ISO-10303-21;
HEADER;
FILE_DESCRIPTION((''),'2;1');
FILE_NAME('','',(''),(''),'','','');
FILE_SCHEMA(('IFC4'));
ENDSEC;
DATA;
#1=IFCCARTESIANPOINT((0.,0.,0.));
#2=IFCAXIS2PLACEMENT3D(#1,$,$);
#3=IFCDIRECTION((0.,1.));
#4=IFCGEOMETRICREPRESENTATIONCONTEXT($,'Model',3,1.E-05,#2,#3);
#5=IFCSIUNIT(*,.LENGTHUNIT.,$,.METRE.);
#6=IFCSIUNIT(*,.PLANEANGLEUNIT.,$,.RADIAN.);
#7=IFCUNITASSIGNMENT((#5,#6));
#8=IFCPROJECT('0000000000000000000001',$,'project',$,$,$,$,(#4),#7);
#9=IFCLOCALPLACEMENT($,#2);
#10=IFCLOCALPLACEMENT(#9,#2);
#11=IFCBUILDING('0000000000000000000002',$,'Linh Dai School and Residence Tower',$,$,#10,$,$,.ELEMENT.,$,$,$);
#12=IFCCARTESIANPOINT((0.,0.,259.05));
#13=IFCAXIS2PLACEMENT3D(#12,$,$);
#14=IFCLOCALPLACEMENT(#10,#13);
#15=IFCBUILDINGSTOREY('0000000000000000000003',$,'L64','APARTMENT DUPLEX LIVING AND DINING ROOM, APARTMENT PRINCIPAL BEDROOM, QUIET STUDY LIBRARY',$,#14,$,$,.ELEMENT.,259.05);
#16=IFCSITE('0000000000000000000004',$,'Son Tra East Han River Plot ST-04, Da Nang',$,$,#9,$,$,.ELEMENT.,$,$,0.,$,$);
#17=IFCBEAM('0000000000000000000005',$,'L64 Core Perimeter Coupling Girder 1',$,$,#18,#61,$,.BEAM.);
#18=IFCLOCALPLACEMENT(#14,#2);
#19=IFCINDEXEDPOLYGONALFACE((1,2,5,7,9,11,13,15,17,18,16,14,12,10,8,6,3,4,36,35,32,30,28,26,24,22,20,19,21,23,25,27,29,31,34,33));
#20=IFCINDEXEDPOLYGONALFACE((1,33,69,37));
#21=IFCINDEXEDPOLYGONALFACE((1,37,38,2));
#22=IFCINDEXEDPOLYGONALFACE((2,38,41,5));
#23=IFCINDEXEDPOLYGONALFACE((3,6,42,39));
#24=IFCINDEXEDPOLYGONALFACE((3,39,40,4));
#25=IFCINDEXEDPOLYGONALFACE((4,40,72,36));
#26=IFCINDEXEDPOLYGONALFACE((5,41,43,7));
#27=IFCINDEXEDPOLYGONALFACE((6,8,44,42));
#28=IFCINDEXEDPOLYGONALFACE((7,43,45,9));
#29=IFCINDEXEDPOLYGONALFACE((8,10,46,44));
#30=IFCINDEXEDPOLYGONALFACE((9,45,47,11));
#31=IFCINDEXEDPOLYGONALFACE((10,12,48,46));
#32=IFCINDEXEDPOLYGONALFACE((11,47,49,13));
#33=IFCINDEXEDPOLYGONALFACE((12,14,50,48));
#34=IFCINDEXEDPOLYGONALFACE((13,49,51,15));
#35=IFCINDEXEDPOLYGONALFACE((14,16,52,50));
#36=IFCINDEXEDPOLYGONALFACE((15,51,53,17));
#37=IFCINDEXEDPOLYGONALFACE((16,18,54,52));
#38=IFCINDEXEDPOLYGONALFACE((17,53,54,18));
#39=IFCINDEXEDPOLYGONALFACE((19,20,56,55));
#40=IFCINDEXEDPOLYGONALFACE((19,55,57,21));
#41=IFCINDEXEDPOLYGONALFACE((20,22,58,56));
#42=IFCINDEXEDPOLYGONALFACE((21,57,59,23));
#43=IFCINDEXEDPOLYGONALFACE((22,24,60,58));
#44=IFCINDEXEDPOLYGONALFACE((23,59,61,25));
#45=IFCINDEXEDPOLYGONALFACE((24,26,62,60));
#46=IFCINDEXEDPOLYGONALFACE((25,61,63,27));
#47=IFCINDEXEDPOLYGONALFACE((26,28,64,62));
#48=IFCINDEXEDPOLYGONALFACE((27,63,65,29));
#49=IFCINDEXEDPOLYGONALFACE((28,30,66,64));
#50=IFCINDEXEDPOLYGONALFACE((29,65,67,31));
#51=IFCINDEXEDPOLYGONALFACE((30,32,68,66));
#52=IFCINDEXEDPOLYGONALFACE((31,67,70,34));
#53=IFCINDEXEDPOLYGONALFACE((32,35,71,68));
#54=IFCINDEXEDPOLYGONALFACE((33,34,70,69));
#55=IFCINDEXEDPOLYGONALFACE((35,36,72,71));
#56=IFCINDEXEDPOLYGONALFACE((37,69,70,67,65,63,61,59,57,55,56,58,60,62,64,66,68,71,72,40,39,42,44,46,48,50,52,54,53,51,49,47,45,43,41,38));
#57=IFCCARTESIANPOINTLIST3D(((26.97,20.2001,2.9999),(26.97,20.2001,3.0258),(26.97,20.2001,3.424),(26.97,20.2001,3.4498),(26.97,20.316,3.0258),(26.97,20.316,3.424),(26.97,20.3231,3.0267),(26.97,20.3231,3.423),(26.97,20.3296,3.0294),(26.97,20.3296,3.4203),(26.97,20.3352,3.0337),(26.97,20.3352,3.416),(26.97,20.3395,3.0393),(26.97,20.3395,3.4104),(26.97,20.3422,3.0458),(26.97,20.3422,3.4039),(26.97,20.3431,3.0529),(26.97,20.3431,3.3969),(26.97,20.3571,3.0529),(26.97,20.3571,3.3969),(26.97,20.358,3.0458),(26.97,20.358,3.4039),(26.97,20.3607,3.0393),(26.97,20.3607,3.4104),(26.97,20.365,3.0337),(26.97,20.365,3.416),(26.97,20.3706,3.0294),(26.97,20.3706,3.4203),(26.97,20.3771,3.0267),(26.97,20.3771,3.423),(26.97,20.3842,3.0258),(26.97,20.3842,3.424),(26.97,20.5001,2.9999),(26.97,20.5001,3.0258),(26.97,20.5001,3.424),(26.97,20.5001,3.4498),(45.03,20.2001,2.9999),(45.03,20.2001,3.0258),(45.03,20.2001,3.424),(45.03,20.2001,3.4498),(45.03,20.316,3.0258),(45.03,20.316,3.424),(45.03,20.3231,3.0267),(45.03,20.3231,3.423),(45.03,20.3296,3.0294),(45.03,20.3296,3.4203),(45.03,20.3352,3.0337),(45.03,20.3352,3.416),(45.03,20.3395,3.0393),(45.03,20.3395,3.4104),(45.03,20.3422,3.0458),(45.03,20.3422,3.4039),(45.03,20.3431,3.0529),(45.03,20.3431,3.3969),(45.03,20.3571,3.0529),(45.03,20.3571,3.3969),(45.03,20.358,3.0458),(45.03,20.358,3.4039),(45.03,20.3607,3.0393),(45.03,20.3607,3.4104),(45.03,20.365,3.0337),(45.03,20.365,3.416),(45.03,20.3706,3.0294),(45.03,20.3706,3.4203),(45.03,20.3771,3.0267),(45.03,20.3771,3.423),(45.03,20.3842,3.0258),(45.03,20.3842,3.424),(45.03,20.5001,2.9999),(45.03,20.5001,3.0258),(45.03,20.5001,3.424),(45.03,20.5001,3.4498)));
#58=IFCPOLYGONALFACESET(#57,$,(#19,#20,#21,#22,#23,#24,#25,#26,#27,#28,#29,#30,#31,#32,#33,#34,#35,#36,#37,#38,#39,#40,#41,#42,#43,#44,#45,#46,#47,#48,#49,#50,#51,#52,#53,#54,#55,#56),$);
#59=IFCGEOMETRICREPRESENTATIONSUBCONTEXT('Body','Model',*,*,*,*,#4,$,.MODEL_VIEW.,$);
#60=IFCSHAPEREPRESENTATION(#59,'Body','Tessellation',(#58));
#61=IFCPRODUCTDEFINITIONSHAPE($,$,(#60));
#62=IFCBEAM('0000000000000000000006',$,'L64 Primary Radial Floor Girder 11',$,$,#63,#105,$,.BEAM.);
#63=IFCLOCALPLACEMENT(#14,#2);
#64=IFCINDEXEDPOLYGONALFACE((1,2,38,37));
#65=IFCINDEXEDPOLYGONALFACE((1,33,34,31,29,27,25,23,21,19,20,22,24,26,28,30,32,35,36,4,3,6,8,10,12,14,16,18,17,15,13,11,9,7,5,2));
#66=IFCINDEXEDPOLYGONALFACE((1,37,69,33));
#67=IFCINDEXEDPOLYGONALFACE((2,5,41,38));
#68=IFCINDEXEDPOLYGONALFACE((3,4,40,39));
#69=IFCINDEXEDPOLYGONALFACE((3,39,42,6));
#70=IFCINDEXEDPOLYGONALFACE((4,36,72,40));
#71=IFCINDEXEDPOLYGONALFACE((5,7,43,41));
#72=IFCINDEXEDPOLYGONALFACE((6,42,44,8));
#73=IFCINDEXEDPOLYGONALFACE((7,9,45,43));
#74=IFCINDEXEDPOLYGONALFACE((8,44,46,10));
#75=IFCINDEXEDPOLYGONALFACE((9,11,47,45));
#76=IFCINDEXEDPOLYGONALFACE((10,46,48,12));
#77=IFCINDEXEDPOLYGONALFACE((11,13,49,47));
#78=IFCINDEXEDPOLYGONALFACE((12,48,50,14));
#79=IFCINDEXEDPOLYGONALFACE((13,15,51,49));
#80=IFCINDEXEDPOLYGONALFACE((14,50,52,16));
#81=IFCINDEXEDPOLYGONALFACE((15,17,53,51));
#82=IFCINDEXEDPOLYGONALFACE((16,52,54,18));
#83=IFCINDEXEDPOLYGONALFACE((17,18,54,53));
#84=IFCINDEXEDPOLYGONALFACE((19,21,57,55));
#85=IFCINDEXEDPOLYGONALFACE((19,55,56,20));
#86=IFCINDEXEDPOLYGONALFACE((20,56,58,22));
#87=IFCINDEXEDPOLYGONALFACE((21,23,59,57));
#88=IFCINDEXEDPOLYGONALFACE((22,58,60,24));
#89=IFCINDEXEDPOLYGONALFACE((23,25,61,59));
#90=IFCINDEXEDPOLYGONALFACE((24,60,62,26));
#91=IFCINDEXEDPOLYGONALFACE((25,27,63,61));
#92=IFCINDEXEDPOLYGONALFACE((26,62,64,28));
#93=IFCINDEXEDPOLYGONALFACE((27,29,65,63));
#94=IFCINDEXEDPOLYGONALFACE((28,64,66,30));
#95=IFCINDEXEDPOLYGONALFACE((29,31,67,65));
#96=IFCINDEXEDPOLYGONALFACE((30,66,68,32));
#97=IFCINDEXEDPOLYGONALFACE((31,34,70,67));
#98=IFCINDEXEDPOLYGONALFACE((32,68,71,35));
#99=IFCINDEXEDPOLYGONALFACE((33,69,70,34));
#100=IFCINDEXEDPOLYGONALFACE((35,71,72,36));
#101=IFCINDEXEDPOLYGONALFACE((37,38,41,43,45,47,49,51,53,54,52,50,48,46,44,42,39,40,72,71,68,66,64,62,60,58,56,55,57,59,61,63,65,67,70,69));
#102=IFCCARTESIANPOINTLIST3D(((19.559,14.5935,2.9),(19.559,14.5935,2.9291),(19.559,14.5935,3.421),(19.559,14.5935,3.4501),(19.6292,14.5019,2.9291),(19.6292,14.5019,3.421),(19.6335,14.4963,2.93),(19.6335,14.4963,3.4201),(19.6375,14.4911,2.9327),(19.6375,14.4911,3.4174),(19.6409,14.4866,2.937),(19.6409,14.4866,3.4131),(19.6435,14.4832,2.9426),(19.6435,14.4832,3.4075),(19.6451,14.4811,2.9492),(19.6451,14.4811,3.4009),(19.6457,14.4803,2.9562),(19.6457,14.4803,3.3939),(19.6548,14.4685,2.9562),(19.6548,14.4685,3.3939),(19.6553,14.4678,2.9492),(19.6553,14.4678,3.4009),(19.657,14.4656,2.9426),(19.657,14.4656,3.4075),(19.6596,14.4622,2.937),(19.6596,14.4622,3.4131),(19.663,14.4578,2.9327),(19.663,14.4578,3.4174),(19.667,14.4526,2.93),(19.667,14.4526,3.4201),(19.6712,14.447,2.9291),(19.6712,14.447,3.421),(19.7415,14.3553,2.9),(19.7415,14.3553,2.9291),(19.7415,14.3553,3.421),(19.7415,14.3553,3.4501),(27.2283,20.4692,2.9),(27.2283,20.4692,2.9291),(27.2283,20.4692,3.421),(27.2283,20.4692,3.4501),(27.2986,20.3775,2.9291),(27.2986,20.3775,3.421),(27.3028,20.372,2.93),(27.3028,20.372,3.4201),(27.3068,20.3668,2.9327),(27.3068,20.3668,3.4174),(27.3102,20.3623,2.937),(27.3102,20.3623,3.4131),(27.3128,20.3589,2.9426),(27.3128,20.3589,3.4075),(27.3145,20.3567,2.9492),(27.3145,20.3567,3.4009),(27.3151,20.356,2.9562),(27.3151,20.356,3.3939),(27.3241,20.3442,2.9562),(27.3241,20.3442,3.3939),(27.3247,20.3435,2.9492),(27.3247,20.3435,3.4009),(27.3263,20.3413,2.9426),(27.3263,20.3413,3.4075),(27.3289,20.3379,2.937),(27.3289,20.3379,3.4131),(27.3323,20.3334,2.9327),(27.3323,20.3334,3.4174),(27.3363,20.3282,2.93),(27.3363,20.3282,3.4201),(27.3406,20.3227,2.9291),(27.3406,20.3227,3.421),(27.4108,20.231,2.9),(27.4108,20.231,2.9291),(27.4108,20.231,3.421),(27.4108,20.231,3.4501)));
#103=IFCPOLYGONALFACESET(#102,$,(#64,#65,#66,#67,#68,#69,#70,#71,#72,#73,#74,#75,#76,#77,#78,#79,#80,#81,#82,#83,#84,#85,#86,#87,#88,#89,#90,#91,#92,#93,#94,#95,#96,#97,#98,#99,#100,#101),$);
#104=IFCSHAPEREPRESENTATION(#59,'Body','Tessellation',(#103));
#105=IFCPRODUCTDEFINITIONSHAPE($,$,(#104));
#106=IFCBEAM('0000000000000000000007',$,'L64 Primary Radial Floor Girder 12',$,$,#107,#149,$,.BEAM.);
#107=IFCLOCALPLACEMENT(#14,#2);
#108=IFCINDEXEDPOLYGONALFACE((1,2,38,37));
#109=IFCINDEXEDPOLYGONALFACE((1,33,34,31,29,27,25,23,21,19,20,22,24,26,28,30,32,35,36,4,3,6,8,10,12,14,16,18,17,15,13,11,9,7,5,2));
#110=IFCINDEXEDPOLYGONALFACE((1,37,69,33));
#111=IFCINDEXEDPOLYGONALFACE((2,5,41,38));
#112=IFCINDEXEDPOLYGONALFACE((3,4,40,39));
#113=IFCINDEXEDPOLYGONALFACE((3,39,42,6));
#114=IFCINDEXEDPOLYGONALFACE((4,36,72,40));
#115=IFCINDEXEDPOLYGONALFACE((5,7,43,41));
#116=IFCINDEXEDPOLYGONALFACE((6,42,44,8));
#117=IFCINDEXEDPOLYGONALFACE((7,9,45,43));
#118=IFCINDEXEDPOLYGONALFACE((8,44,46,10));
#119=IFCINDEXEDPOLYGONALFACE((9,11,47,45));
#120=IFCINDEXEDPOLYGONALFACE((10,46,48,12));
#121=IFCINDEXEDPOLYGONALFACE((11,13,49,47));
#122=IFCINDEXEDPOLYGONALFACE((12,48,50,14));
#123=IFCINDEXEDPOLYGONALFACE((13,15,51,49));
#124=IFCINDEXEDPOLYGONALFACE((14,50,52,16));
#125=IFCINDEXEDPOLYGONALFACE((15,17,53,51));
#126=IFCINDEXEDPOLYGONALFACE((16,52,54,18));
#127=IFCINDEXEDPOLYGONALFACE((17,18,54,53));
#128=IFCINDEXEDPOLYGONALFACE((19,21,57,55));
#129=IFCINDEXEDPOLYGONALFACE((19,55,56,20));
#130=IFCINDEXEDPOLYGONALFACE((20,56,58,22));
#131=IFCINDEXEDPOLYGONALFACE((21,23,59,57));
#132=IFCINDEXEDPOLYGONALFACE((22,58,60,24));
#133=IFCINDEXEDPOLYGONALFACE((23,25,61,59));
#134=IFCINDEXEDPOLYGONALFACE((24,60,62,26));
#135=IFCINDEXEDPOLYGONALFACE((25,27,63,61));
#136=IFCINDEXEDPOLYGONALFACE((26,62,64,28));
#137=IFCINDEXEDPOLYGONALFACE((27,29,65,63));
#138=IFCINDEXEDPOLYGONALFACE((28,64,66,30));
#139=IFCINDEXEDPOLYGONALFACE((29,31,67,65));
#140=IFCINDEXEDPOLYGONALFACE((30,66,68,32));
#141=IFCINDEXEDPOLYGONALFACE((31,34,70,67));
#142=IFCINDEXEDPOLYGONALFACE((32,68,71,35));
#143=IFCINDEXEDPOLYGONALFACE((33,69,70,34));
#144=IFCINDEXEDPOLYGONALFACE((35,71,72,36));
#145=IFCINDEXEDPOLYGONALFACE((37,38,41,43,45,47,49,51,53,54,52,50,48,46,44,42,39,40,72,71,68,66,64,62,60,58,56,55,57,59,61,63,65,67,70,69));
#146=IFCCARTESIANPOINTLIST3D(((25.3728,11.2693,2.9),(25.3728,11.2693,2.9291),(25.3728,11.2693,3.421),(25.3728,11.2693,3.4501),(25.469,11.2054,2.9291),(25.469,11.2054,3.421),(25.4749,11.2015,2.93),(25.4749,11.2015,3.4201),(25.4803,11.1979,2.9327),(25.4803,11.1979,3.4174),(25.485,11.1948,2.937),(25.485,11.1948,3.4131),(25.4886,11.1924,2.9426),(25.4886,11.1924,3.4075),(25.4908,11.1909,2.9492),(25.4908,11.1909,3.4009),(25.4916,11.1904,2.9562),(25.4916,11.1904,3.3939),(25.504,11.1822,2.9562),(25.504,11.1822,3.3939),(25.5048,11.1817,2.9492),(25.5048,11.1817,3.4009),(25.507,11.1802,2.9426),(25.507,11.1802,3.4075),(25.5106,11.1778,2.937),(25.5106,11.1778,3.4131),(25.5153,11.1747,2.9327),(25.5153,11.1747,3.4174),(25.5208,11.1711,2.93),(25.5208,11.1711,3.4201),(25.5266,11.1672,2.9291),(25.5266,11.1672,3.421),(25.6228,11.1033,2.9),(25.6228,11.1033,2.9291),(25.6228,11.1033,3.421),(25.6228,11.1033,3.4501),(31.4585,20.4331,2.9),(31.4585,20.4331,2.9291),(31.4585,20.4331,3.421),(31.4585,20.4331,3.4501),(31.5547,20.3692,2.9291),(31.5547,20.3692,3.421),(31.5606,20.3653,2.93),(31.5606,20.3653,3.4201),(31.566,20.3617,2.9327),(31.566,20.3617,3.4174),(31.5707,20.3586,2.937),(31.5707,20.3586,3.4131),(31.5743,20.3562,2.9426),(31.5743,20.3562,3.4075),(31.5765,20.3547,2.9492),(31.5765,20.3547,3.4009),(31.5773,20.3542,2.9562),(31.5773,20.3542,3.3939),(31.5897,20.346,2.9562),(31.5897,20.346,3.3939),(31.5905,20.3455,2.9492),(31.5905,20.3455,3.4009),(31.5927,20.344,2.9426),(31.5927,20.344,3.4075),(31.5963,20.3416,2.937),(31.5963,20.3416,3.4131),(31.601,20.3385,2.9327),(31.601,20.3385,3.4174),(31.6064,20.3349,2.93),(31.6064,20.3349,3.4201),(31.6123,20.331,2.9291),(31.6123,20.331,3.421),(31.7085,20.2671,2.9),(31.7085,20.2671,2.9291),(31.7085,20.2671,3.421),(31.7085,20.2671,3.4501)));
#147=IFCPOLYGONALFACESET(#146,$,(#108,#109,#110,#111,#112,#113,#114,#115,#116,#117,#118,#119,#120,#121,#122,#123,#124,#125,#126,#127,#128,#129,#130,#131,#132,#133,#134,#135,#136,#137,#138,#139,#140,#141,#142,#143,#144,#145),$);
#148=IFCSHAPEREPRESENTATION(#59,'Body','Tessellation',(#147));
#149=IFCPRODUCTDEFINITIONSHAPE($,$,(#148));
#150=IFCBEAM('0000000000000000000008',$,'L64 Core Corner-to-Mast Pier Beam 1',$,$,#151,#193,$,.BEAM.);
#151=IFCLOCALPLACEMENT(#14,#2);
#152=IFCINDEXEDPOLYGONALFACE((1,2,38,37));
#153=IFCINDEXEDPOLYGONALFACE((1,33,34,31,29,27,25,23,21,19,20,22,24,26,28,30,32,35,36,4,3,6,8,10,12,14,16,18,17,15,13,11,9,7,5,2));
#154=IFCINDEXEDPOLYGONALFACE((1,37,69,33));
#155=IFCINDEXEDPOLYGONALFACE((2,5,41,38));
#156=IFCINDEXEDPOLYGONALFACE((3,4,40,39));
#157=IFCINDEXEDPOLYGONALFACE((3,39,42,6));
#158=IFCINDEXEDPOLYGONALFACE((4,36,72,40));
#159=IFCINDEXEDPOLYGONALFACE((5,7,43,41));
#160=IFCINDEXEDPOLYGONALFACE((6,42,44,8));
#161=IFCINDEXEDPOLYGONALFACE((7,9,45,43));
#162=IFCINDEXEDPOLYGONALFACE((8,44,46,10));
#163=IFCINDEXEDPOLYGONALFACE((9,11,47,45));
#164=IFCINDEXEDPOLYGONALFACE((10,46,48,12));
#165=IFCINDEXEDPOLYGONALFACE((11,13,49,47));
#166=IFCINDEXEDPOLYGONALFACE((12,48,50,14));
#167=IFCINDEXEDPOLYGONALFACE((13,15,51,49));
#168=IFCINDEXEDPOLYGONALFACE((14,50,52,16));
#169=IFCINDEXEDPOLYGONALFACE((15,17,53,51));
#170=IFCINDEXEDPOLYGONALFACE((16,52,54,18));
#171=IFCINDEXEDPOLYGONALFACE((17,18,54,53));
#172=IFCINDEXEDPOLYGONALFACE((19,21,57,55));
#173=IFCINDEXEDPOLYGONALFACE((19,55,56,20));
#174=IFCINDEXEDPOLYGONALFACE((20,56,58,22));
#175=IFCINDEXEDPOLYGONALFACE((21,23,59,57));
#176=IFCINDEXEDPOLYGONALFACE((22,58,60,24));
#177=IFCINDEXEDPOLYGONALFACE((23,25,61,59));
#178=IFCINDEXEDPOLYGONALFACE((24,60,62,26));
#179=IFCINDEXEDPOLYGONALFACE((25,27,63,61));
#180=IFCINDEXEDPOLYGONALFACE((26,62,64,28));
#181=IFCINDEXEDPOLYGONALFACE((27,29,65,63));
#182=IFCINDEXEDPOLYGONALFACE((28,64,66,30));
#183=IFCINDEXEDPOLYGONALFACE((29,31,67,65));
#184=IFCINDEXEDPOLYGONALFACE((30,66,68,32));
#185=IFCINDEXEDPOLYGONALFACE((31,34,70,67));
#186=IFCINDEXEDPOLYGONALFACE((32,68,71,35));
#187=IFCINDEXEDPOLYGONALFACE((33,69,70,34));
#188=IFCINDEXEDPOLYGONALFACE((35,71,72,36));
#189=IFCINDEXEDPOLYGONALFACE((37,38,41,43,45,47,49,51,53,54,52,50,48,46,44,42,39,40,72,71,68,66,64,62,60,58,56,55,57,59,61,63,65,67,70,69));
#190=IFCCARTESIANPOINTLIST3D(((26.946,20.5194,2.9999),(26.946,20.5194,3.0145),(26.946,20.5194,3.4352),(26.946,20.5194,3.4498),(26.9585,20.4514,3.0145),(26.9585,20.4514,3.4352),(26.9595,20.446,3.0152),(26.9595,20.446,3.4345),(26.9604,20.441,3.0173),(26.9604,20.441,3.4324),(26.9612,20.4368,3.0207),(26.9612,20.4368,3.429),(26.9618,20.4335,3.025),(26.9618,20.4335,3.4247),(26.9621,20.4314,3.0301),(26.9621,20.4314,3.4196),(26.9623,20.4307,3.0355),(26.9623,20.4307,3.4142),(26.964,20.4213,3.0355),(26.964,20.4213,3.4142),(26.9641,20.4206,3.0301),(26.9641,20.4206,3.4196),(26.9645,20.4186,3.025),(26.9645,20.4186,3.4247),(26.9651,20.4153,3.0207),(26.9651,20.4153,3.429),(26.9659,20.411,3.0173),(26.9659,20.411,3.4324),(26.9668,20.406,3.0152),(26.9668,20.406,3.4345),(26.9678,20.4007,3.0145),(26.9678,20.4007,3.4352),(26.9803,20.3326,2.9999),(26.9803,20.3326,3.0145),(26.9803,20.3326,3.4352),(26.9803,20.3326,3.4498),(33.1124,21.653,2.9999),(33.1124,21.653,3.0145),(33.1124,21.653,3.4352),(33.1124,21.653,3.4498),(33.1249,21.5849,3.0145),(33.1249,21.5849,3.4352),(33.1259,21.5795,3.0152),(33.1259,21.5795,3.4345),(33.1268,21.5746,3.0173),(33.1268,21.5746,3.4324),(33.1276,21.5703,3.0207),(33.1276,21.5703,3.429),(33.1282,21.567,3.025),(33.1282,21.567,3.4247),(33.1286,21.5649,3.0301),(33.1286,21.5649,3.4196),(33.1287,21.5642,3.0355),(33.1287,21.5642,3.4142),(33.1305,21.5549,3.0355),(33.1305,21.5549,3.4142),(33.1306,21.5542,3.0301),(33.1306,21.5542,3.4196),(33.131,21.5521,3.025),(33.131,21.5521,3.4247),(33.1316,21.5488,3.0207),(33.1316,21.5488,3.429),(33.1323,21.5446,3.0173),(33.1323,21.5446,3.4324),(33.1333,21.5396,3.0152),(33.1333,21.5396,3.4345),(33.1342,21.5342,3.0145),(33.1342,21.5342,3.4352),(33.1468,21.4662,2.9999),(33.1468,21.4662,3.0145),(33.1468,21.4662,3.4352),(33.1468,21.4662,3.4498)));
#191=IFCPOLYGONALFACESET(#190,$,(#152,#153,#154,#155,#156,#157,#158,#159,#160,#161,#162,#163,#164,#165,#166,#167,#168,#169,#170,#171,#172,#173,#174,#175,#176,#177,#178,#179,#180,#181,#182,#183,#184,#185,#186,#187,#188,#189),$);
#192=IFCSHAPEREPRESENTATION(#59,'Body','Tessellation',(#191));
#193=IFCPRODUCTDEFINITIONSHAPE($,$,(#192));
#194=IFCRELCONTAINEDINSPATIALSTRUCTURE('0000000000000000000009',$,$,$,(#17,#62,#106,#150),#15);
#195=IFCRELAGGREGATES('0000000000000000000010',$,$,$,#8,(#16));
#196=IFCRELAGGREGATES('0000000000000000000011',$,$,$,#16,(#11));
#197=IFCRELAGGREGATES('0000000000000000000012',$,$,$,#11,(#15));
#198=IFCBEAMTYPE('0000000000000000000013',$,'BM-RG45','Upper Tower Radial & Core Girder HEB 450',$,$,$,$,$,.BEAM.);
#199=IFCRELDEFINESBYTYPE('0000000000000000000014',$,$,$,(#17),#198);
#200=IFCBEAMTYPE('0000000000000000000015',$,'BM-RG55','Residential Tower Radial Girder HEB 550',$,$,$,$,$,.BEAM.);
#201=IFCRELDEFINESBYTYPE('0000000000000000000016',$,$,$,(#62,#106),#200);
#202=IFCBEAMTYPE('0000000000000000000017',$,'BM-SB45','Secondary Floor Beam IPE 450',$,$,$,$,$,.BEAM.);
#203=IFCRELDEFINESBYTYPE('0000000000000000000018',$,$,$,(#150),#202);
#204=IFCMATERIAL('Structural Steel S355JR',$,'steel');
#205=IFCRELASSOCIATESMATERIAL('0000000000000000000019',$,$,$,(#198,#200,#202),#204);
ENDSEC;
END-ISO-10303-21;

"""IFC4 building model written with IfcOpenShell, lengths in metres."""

from ifc_helpers import new_model, si_unit, direction, frame, origin, origin_2d, place, context, subcontext, project, spatial, i_section, extrude, material, material_profile, profile_set, type_object, element, save


model = new_model("IFC4")

# Units and contexts
model_context = context("Model", 3, precision=1e-05, world=origin(), true_north=direction((0.0, 1.0)))
body_context = subcontext(model_context, "Body", "Model", "MODEL_VIEW")
ifc_project = project(units=[si_unit("LENGTHUNIT", "METRE"), si_unit("PLANEANGLEUNIT", "RADIAN")], contexts=[model_context])

# Site, building, storey
site_placement = place(None, origin())
site = spatial("IfcSite", under=ifc_project, at=site_placement, Name="Son Tra East Han River Plot ST-04, Da Nang", CompositionType="ELEMENT", RefElevation=0.0)
building_placement = place(site_placement, origin())
building = spatial("IfcBuilding", under=site, at=building_placement, Name="Linh Dai School and Residence Tower", CompositionType="ELEMENT")
storey_placement = place(building_placement, frame((0.0, 0.0, 259.05)))
storey = spatial("IfcBuildingStorey", under=building, at=storey_placement, Name="L64", Description="APARTMENT DUPLEX LIVING AND DINING ROOM, APARTMENT PRINCIPAL BEDROOM, QUIET STUDY LIBRARY", CompositionType="ELEMENT", Elevation=259.05)

# Shared definitions
ifc_material_1 = material(Name="Structural Steel S355JR", Category="steel")

# Beams
ifc_material_profile_1 = material_profile(ifc_material_1, i_section(OverallWidth=0.3, OverallDepth=0.45, WebThickness=0.0139, FlangeThickness=0.0259, FilletRadius=0.0271, at=origin_2d()), Name="HEB 450")
ifc_profile_set_1 = profile_set([ifc_material_profile_1], Name="Structural Steel S355JR")
beam_type_1 = type_object("IfcBeamType", Name="BM-RG45", Description="Upper Tower Radial & Core Girder HEB 450", PredefinedType="BEAM", material=ifc_profile_set_1)
beam_1_placement = place(storey_placement, frame((26.97, 20.3501, 3.2249), z_axis=(1.0, 0.0, 0.0), x_axis=(0.0, 1.0, 0.0)))
element("IfcBeam", 1, at=beam_1_placement, inside=storey, type_object=beam_type_1, Name="L64 Core Perimeter Coupling Girder 1", PredefinedType="BEAM", context=body_context, shape_type="SweptSolid", body=[
    extrude(i_section(OverallWidth=0.3, OverallDepth=0.45, WebThickness=0.0139, FlangeThickness=0.0259, FilletRadius=0.0271, at=origin_2d()), origin(), (0.0, 0.0, 1.0), 18.0601),
])
ifc_material_profile_2 = material_profile(ifc_material_1, i_section(OverallWidth=0.3, OverallDepth=0.55, WebThickness=0.0149, FlangeThickness=0.0291, FilletRadius=0.0271, at=origin_2d()), Name="HEB 550")
ifc_profile_set_2 = profile_set([ifc_material_profile_2], Name="Structural Steel S355JR")
beam_type_2 = type_object("IfcBeamType", Name="BM-RG55", Description="Residential Tower Radial Girder HEB 550", PredefinedType="BEAM", material=ifc_profile_set_2)
beam_2_placement = place(storey_placement, frame((27.3196, 20.3501, 3.175), z_axis=(-0.793815, -0.60816, 0.0), x_axis=(0.60816, -0.793815, 0.0)))
element("IfcBeam", 2, at=beam_2_placement, inside=storey, type_object=beam_type_2, Name="L64 Primary Radial Floor Girder 11", PredefinedType="BEAM", context=body_context, shape_type="SweptSolid", body=[
    extrude(i_section(OverallWidth=0.3, OverallDepth=0.55, WebThickness=0.0149, FlangeThickness=0.0291, FilletRadius=0.0271, at=origin_2d()), origin(), (0.0, 0.0, 1.0), 9.6614),
])
beam_3_placement = place(storey_placement, frame((31.5835, 20.3501, 3.175), z_axis=(-0.553219, -0.833036, 0.0), x_axis=(0.833036, -0.553219, 0.0)))
element("IfcBeam", 3, at=beam_3_placement, inside=storey, type_object=beam_type_2, Name="L64 Primary Radial Floor Girder 12", PredefinedType="BEAM", context=body_context, shape_type="SweptSolid", body=[
    extrude(i_section(OverallWidth=0.3, OverallDepth=0.55, WebThickness=0.0149, FlangeThickness=0.0291, FilletRadius=0.0271, at=origin_2d()), origin(), (0.0, 0.0, 1.0), 11.0005),
])
ifc_material_profile_3 = material_profile(ifc_material_1, i_section(OverallWidth=0.1899, OverallDepth=0.45, WebThickness=0.0095, FlangeThickness=0.0146, FilletRadius=0.021, at=origin_2d()), Name="IPE 450")
ifc_profile_set_3 = profile_set([ifc_material_profile_3], Name="Structural Steel S355JR")
beam_type_3 = type_object("IfcBeamType", Name="BM-SB45", Description="Secondary Floor Beam IPE 450", PredefinedType="BEAM", material=ifc_profile_set_3)
beam_4_placement = place(storey_placement, frame((26.9631, 20.426, 3.2249), z_axis=(0.983521, 0.180794, 0.0), x_axis=(-0.180794, 0.983521, 0.0)))
element("IfcBeam", 4, at=beam_4_placement, inside=storey, type_object=beam_type_3, Name="L64 Core Corner-to-Mast Pier Beam 1", PredefinedType="BEAM", context=body_context, shape_type="SweptSolid", body=[
    extrude(i_section(OverallWidth=0.1899, OverallDepth=0.45, WebThickness=0.0095, FlangeThickness=0.0146, FilletRadius=0.021, at=origin_2d()), origin(), (0.0, 0.0, 1.0), 6.2698),
])

save(model, "model.ifc")
